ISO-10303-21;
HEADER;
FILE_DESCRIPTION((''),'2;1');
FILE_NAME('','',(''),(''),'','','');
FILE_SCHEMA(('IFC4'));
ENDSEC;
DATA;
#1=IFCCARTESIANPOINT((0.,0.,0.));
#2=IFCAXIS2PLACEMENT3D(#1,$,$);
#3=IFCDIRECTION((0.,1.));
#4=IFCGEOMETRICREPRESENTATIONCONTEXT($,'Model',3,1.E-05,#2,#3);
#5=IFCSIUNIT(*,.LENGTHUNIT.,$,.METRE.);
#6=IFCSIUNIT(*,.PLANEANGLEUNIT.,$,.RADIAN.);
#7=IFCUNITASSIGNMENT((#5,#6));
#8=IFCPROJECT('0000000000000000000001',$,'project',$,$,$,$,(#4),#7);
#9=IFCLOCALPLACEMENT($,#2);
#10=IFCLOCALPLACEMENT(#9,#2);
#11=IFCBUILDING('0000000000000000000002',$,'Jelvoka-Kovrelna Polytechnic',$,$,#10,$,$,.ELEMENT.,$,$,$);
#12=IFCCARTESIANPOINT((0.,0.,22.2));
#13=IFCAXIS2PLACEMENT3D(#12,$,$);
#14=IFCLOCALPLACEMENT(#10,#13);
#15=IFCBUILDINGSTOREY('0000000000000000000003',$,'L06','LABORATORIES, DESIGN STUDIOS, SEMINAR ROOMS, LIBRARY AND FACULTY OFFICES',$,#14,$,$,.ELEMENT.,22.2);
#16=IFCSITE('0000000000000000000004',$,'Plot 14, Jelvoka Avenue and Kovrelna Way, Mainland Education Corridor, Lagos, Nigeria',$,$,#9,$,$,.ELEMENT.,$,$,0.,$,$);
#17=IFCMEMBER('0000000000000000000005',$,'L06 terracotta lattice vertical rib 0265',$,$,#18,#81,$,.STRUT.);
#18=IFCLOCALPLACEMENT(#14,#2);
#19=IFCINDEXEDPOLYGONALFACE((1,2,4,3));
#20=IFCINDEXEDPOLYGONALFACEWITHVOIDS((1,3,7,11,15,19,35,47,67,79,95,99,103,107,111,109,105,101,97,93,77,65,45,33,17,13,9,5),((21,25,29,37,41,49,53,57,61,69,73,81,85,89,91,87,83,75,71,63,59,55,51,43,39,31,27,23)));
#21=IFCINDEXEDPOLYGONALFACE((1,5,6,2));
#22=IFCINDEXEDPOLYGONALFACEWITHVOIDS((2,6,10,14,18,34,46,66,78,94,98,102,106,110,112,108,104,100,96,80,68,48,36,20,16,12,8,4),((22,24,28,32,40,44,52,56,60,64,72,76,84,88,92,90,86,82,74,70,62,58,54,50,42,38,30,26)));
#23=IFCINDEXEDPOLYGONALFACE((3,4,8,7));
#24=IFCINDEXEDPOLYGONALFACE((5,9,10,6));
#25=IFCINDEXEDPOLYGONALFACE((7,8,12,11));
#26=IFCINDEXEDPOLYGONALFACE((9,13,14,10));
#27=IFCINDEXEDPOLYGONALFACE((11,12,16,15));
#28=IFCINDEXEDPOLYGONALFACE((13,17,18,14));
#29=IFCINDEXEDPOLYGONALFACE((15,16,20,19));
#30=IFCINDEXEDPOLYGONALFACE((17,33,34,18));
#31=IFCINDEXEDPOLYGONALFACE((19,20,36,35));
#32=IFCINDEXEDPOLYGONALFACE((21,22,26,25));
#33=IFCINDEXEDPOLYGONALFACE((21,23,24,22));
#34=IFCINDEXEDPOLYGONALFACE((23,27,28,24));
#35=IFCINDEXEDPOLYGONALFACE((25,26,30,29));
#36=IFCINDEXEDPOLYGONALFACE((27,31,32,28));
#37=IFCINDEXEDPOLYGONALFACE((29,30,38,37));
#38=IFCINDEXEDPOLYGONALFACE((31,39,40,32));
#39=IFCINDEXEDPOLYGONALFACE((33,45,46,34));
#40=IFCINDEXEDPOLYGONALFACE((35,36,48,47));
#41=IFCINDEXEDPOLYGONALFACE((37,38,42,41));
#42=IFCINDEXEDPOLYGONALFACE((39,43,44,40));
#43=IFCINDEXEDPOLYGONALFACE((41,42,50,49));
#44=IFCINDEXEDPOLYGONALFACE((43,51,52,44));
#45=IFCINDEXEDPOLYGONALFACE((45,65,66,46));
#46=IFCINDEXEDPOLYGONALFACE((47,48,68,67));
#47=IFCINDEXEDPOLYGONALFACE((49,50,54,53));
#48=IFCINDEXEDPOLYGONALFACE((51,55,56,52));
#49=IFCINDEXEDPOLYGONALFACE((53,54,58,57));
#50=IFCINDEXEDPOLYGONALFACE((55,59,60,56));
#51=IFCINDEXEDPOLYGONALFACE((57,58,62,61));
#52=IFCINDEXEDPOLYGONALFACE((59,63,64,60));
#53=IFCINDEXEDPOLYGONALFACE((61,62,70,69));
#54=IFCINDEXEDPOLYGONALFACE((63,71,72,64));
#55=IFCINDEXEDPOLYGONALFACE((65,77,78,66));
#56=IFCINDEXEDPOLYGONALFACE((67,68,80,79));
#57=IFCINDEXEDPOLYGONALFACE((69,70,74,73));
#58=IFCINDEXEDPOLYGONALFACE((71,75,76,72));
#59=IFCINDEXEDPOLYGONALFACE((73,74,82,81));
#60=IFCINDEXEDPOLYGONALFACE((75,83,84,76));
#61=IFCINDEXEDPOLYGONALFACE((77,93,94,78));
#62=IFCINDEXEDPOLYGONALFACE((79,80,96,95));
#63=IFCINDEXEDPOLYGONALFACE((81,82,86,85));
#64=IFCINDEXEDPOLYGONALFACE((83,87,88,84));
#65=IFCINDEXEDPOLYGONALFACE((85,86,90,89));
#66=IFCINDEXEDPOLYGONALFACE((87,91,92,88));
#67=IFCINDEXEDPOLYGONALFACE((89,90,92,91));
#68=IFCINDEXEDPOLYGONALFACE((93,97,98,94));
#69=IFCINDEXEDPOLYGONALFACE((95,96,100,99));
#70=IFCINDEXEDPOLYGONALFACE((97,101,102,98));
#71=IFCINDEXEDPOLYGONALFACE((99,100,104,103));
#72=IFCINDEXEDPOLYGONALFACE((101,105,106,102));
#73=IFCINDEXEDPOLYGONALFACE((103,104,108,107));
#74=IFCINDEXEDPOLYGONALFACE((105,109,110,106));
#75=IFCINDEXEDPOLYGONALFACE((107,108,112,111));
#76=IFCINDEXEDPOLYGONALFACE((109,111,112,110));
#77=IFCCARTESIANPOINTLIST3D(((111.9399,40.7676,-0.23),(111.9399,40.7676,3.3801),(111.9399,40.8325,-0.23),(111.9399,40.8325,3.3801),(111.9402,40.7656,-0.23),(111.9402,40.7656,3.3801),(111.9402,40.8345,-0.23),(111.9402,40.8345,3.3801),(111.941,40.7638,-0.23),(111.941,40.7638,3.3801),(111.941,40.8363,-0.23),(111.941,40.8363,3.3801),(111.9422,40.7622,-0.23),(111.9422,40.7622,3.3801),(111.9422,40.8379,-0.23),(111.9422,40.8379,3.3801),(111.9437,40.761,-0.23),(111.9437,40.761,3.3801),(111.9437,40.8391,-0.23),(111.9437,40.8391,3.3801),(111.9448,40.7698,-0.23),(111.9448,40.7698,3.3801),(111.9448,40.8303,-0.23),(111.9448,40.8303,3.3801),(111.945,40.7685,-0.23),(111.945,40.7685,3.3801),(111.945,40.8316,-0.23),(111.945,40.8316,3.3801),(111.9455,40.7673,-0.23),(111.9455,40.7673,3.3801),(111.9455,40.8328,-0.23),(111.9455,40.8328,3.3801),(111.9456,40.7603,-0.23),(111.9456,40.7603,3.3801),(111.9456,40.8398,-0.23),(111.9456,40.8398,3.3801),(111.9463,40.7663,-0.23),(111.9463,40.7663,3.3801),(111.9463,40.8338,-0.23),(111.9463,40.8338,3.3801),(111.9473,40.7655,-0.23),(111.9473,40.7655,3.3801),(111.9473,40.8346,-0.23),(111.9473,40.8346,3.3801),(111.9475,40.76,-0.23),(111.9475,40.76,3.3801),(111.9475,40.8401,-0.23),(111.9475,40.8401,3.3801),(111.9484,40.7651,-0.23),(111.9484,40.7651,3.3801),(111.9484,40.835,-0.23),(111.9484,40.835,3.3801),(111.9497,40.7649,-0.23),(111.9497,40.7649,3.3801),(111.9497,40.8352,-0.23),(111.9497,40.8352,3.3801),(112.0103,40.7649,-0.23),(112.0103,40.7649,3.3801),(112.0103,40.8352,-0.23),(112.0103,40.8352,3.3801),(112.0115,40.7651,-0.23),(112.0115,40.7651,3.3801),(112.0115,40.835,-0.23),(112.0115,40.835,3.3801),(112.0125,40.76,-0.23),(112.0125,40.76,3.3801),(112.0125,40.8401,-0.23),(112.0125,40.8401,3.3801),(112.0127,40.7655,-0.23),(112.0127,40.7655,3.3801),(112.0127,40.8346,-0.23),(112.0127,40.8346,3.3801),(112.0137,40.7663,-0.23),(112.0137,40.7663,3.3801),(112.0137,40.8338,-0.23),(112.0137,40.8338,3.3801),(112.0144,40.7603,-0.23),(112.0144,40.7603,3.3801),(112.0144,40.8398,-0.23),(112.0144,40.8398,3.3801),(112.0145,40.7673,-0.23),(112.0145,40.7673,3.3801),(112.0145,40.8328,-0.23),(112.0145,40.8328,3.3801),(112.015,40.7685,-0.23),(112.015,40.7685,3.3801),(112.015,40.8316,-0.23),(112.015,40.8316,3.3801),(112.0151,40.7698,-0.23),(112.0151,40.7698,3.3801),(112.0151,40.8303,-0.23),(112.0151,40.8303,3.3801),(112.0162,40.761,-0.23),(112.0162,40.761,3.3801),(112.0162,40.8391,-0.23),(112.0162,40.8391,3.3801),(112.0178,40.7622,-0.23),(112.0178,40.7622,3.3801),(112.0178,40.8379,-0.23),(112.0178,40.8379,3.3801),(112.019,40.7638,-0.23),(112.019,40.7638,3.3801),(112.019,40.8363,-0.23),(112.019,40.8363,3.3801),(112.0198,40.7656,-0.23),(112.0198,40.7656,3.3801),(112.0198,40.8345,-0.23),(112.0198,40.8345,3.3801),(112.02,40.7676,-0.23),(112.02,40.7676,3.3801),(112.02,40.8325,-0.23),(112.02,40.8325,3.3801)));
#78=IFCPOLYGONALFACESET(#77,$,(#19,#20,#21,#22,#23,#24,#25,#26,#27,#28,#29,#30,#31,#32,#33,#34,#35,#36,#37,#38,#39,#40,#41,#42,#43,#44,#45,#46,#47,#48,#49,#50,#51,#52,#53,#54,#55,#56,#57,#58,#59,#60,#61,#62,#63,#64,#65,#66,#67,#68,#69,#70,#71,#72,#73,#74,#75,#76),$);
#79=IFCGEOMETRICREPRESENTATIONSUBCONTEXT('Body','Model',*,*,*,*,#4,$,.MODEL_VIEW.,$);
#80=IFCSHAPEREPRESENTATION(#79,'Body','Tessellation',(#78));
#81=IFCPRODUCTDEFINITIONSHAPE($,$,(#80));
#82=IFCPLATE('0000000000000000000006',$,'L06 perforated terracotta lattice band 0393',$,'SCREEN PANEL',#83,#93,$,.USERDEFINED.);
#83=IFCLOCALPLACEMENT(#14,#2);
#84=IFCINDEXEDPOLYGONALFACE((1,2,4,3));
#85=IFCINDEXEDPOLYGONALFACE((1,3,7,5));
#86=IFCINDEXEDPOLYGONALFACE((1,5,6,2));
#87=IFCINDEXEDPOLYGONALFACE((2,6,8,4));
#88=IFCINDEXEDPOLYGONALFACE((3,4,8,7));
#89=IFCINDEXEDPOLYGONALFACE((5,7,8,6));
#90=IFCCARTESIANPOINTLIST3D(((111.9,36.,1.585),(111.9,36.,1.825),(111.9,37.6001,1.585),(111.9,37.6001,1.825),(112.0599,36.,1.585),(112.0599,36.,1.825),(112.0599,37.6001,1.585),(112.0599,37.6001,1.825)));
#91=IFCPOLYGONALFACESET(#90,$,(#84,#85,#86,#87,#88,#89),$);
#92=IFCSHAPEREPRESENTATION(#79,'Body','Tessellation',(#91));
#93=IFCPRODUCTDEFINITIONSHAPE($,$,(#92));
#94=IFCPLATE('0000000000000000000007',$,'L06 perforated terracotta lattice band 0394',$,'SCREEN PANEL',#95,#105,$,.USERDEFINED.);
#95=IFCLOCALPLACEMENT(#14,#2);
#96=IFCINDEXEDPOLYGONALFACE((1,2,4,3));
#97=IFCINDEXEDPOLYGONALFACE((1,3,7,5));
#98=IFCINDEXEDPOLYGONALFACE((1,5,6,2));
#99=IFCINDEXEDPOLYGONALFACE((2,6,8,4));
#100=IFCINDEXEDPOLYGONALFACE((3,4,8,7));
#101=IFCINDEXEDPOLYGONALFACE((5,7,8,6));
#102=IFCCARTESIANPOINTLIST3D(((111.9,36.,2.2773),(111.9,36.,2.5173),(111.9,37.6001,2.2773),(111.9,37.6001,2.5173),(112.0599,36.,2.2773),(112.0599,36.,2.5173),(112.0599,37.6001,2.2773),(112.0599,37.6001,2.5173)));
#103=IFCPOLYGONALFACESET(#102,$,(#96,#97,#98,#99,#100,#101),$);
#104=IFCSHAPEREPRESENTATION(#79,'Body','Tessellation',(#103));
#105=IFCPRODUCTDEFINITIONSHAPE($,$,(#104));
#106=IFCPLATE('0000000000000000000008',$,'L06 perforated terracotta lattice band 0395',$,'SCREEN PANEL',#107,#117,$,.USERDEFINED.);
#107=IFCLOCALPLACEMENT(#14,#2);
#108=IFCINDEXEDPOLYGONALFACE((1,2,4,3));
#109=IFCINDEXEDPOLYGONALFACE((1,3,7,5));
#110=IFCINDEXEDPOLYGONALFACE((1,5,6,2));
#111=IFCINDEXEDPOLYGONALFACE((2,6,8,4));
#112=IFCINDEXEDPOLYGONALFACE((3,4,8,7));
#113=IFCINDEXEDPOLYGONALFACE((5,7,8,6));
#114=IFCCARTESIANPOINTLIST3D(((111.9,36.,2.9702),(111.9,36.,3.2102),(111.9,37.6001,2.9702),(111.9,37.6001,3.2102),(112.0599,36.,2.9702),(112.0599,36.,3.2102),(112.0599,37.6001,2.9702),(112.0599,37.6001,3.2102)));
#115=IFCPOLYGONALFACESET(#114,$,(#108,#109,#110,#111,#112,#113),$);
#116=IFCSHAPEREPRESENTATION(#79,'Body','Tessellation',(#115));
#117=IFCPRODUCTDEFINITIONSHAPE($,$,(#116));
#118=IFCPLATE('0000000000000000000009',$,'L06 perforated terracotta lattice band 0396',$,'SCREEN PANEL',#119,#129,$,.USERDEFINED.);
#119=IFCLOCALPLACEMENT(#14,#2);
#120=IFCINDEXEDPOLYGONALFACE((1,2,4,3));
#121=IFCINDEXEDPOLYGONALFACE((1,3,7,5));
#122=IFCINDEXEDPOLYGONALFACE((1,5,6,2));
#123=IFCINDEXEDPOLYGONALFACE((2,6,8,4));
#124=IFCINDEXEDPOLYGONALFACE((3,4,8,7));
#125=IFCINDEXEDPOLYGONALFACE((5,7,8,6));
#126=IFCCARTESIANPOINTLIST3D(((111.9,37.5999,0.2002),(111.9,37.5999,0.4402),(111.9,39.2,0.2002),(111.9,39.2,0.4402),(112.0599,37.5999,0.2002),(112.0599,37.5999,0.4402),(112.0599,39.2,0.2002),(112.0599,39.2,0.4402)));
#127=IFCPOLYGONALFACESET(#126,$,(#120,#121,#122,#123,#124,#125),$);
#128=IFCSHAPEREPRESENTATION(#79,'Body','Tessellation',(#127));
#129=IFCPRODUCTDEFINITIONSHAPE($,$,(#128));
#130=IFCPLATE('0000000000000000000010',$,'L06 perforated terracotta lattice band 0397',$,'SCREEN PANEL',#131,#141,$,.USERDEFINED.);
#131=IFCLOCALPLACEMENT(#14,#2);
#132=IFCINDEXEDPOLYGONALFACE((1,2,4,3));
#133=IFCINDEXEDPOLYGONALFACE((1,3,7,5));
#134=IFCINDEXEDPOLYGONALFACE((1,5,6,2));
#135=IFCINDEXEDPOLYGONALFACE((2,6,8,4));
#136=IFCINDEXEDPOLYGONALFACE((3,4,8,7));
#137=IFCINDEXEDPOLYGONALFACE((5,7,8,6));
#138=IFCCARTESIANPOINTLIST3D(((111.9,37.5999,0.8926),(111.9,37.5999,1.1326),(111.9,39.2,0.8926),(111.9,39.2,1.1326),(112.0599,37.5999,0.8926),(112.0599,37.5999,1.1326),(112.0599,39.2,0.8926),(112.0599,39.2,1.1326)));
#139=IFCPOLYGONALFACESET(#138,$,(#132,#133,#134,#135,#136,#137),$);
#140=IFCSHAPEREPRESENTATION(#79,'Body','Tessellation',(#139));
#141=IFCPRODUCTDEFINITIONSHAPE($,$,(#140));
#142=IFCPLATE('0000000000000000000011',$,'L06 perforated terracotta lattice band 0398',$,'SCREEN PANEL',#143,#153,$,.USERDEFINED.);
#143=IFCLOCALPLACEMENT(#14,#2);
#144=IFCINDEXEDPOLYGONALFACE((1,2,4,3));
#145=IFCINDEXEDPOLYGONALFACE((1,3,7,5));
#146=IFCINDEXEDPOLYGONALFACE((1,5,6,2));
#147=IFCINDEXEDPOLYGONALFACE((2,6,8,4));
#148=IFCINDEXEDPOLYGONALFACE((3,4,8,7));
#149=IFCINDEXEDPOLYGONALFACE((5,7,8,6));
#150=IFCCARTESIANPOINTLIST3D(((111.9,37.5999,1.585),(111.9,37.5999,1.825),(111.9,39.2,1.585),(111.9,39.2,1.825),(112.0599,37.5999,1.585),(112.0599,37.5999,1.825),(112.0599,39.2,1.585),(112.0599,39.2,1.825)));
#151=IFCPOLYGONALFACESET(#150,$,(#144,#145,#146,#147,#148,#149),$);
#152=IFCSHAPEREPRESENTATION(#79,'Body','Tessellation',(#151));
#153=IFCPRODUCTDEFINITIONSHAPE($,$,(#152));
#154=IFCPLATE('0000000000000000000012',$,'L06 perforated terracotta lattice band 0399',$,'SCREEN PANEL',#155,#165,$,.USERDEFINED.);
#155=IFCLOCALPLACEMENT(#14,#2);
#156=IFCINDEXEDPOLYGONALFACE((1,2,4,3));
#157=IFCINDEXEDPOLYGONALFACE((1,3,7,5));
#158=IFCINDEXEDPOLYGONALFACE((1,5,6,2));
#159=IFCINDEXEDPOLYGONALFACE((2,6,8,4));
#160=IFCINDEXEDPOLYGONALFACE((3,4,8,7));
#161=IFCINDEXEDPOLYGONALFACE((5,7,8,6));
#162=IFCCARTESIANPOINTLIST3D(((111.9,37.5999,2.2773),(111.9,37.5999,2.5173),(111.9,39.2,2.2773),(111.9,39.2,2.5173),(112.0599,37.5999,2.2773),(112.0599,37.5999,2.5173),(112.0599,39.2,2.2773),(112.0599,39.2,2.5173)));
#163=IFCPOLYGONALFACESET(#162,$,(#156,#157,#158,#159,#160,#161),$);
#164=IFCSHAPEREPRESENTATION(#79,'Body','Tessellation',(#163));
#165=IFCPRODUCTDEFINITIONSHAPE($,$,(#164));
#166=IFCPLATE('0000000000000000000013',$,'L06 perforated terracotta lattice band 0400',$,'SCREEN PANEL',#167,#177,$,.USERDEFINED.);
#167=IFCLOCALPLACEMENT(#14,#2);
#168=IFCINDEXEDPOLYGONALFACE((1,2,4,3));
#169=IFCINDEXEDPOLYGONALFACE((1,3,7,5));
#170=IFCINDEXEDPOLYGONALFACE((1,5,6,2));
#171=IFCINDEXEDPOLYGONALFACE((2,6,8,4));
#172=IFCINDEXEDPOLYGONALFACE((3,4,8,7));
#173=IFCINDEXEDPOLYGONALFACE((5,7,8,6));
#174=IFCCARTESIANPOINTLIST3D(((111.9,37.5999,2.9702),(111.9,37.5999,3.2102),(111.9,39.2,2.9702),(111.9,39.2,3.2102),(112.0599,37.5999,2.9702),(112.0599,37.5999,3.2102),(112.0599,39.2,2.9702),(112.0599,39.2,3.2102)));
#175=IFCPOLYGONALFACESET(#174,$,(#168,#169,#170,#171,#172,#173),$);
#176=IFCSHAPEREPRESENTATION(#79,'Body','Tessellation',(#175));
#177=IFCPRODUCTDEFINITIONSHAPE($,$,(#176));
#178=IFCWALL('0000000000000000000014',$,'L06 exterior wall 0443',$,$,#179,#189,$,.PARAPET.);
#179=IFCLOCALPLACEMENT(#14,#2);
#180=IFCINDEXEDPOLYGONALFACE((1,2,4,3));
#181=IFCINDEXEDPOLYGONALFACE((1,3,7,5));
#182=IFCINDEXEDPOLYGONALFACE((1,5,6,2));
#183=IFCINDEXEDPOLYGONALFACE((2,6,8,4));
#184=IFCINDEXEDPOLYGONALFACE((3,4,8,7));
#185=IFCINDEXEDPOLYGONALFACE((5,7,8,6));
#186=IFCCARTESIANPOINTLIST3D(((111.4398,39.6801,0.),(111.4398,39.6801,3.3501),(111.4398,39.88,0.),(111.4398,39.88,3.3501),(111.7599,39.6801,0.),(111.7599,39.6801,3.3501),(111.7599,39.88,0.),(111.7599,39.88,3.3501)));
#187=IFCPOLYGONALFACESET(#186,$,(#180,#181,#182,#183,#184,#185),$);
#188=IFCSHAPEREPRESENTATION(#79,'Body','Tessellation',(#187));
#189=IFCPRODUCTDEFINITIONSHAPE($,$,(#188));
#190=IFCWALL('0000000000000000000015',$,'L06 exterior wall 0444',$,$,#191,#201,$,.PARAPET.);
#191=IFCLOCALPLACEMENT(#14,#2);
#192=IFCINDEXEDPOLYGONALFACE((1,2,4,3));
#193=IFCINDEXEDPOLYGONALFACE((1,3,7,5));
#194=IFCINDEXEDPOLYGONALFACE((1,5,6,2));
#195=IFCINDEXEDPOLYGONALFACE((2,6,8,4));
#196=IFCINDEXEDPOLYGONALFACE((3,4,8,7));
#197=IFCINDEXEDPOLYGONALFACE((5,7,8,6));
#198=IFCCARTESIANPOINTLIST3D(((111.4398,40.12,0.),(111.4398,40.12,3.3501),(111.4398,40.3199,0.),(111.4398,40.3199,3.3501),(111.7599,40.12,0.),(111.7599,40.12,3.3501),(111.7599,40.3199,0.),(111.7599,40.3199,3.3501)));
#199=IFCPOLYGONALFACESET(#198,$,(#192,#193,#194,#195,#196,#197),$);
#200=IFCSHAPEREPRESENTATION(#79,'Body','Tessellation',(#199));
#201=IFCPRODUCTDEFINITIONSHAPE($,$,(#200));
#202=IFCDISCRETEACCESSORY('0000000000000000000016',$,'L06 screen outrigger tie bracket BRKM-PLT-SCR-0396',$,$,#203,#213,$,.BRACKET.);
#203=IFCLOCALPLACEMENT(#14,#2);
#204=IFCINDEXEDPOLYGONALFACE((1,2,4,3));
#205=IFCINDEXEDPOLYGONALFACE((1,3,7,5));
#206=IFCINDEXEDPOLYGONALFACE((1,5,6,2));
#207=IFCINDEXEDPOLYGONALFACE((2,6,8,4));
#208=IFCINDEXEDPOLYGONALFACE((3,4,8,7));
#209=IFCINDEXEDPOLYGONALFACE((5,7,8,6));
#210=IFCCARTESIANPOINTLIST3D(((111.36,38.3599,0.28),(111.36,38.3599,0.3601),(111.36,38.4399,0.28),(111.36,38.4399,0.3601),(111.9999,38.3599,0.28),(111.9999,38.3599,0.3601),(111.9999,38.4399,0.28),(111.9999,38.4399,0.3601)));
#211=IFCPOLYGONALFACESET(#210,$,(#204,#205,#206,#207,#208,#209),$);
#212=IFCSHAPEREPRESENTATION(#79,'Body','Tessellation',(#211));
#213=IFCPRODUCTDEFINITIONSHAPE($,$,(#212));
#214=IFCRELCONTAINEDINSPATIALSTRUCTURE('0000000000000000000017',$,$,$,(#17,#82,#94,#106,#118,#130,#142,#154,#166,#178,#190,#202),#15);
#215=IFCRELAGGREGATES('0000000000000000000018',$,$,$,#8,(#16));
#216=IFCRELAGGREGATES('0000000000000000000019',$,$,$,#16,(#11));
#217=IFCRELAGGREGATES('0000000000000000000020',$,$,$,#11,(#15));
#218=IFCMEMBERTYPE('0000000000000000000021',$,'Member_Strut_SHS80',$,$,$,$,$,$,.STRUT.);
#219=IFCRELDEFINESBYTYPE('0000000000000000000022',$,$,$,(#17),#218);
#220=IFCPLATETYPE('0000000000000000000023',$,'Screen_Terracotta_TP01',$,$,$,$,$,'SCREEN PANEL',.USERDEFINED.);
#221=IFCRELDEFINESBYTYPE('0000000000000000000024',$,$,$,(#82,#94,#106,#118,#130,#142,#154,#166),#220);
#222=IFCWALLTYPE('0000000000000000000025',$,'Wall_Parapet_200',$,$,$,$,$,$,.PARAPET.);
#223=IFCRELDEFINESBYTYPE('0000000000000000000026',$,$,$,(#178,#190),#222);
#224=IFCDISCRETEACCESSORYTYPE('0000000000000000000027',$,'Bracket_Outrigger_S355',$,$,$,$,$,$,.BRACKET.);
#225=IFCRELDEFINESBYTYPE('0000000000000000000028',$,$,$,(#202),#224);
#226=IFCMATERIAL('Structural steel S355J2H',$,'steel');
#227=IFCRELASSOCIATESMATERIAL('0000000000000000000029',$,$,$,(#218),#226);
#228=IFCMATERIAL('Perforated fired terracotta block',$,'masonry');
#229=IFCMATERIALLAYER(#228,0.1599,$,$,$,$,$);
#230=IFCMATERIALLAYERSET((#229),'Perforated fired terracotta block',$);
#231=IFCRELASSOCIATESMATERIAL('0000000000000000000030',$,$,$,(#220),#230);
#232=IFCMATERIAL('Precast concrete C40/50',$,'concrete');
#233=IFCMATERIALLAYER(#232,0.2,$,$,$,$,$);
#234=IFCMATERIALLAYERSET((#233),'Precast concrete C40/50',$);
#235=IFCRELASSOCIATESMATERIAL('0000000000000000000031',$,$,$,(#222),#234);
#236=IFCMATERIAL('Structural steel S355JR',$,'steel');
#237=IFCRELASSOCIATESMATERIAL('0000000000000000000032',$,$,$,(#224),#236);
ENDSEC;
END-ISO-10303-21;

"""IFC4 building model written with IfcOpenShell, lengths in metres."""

from ifc_helpers import new_model, si_unit, direction, frame, frame_2d, origin, origin_2d, place, context, subcontext, project, spatial, rectangle, hollow_rectangle, extrude, material, layer, layer_set, material_profile, profile_set, type_object, element, save


model = new_model("IFC4")

# Units and contexts
model_context = context("Model", 3, precision=1e-05, world=origin(), true_north=direction((0.0, 1.0)))
body_context = subcontext(model_context, "Body", "Model", "MODEL_VIEW")
ifc_project = project(units=[si_unit("LENGTHUNIT", "METRE"), si_unit("PLANEANGLEUNIT", "RADIAN")], contexts=[model_context])

# Site, building, storey
site_placement = place(None, origin())
site = spatial("IfcSite", under=ifc_project, at=site_placement, Name="Plot 14, Jelvoka Avenue and Kovrelna Way, Mainland Education Corridor, Lagos, Nigeria", CompositionType="ELEMENT", RefElevation=0.0)
building_placement = place(site_placement, origin())
building = spatial("IfcBuilding", under=site, at=building_placement, Name="Jelvoka-Kovrelna Polytechnic", CompositionType="ELEMENT")
storey_placement = place(building_placement, frame((0.0, 0.0, 22.2)))
storey = spatial("IfcBuildingStorey", under=building, at=storey_placement, Name="L06", Description="LABORATORIES, DESIGN STUDIOS, SEMINAR ROOMS, LIBRARY AND FACULTY OFFICES", CompositionType="ELEMENT", Elevation=22.2)

# Member
ifc_material_1 = material(Name="Structural steel S355J2H", Category="steel")
ifc_material_profile_1 = material_profile(ifc_material_1, hollow_rectangle(XDim=0.0801, YDim=0.0801, WallThickness=0.0049, InnerFilletRadius=0.0049, OuterFilletRadius=0.0076, at=origin_2d()), Name="80x80x5.0 SHS")
ifc_profile_set_1 = profile_set([ifc_material_profile_1], Name="Structural steel S355J2H")
member_type_1 = type_object("IfcMemberType", Name="Member_Strut_SHS80", PredefinedType="STRUT", material=ifc_profile_set_1)
for number, where, z_axis, x_axis, name in (
    (1, (111.98, 40.8, -0.23), (0.0, 0.0, 1.0), (1.0, 0.0, 0.0), "L06 terracotta lattice vertical rib 0265"),
):
    element("IfcMember", number, at=place(storey_placement, frame(where, z_axis=z_axis, x_axis=x_axis)), inside=storey, type_object=member_type_1, Name=name, PredefinedType="STRUT", context=body_context, shape_type="SweptSolid", body=[
        extrude(hollow_rectangle(XDim=0.0801, YDim=0.0801, WallThickness=0.0049, InnerFilletRadius=0.0049, OuterFilletRadius=0.0076, at=origin_2d()), origin(), (0.0, 0.0, 1.0), 3.6101),
    ])

# Plates
ifc_material_2 = material(Name="Perforated fired terracotta block", Category="masonry")
ifc_layer_1 = layer(ifc_material_2, 0.1599)
ifc_layer_set_1 = layer_set([ifc_layer_1], Name="Perforated fired terracotta block")
plate_type = type_object("IfcPlateType", Name="Screen_Terracotta_TP01", ElementType="SCREEN PANEL", PredefinedType="USERDEFINED", material=ifc_layer_set_1)
for number, where, z_axis, x_axis, name in (
    (2, (111.98, 36.8, 1.585), (0.0, 0.0, 1.0), (0.0, 1.0, 0.0), "L06 perforated terracotta lattice band 0393"),
    (3, (111.98, 36.8, 2.2773), (0.0, 0.0, 1.0), (0.0, 1.0, 0.0), "L06 perforated terracotta lattice band 0394"),
    (4, (111.98, 36.8, 2.9702), (0.0, 0.0, 1.0), (0.0, 1.0, 0.0), "L06 perforated terracotta lattice band 0395"),
    (5, (111.98, 38.3999, 0.2002), (0.0, 0.0, 1.0), (0.0, 1.0, 0.0), "L06 perforated terracotta lattice band 0396"),
    (6, (111.98, 38.3999, 0.8926), (0.0, 0.0, 1.0), (0.0, 1.0, 0.0), "L06 perforated terracotta lattice band 0397"),
    (7, (111.98, 38.3999, 1.585), (0.0, 0.0, 1.0), (0.0, 1.0, 0.0), "L06 perforated terracotta lattice band 0398"),
    (8, (111.98, 38.3999, 2.2773), (0.0, 0.0, 1.0), (0.0, 1.0, 0.0), "L06 perforated terracotta lattice band 0399"),
    (9, (111.98, 38.3999, 2.9702), (0.0, 0.0, 1.0), (0.0, 1.0, 0.0), "L06 perforated terracotta lattice band 0400"),
):
    element("IfcPlate", number, at=place(storey_placement, frame(where, z_axis=z_axis, x_axis=x_axis)), inside=storey, type_object=plate_type, Name=name, ObjectType="SCREEN PANEL", PredefinedType="USERDEFINED", context=body_context, shape_type="SweptSolid", body=[
        extrude(rectangle(XDim=1.6001, YDim=0.1599, at=origin_2d()), origin(), (0.0, 0.0, 1.0), 0.24),
    ])

# Walls
ifc_material_3 = material(Name="Precast concrete C40/50", Category="concrete")
ifc_layer_2 = layer(ifc_material_3, 0.2)
ifc_layer_set_2 = layer_set([ifc_layer_2], Name="Precast concrete C40/50")
wall_type = type_object("IfcWallType", Name="Wall_Parapet_200", PredefinedType="PARAPET", material=ifc_layer_set_2)
for number, where, z_axis, x_axis, name in (
    (10, (111.76, 39.78, 0.0), (0.0, 0.0, 1.0), (-1.0, 0.0, 0.0), "L06 exterior wall 0443"),
    (11, (111.76, 40.22, 0.0), (0.0, 0.0, 1.0), (-1.0, 0.0, 0.0), "L06 exterior wall 0444"),
):
    element("IfcWall", number, at=place(storey_placement, frame(where, z_axis=z_axis, x_axis=x_axis)), inside=storey, type_object=wall_type, Name=name, PredefinedType="PARAPET", context=body_context, shape_type="SweptSolid", body=[
        extrude(rectangle(XDim=0.3201, YDim=0.2, at=frame_2d((0.1602, 0.0))), origin(), (0.0, 0.0, 1.0), 3.3501),
    ])

# Discrete accessory
ifc_material_4 = material(Name="Structural steel S355JR", Category="steel")
discrete_accessory_type = type_object("IfcDiscreteAccessoryType", Name="Bracket_Outrigger_S355", PredefinedType="BRACKET", material=ifc_material_4)
discrete_accessory_1_placement = place(storey_placement, frame((111.6799, 38.3999, 0.28), z_axis=(0.0, 0.0, 1.0), x_axis=(1.0, 0.0, 0.0)))
element("IfcDiscreteAccessory", 12, at=discrete_accessory_1_placement, inside=storey, type_object=discrete_accessory_type, Name="L06 screen outrigger tie bracket BRKM-PLT-SCR-0396", PredefinedType="BRACKET", context=body_context, shape_type="SweptSolid", body=[
    extrude(rectangle(XDim=0.6399, YDim=0.0801, at=origin_2d()), origin(), (0.0, 0.0, 1.0), 0.0801),
])

save(model, "model.ifc")
